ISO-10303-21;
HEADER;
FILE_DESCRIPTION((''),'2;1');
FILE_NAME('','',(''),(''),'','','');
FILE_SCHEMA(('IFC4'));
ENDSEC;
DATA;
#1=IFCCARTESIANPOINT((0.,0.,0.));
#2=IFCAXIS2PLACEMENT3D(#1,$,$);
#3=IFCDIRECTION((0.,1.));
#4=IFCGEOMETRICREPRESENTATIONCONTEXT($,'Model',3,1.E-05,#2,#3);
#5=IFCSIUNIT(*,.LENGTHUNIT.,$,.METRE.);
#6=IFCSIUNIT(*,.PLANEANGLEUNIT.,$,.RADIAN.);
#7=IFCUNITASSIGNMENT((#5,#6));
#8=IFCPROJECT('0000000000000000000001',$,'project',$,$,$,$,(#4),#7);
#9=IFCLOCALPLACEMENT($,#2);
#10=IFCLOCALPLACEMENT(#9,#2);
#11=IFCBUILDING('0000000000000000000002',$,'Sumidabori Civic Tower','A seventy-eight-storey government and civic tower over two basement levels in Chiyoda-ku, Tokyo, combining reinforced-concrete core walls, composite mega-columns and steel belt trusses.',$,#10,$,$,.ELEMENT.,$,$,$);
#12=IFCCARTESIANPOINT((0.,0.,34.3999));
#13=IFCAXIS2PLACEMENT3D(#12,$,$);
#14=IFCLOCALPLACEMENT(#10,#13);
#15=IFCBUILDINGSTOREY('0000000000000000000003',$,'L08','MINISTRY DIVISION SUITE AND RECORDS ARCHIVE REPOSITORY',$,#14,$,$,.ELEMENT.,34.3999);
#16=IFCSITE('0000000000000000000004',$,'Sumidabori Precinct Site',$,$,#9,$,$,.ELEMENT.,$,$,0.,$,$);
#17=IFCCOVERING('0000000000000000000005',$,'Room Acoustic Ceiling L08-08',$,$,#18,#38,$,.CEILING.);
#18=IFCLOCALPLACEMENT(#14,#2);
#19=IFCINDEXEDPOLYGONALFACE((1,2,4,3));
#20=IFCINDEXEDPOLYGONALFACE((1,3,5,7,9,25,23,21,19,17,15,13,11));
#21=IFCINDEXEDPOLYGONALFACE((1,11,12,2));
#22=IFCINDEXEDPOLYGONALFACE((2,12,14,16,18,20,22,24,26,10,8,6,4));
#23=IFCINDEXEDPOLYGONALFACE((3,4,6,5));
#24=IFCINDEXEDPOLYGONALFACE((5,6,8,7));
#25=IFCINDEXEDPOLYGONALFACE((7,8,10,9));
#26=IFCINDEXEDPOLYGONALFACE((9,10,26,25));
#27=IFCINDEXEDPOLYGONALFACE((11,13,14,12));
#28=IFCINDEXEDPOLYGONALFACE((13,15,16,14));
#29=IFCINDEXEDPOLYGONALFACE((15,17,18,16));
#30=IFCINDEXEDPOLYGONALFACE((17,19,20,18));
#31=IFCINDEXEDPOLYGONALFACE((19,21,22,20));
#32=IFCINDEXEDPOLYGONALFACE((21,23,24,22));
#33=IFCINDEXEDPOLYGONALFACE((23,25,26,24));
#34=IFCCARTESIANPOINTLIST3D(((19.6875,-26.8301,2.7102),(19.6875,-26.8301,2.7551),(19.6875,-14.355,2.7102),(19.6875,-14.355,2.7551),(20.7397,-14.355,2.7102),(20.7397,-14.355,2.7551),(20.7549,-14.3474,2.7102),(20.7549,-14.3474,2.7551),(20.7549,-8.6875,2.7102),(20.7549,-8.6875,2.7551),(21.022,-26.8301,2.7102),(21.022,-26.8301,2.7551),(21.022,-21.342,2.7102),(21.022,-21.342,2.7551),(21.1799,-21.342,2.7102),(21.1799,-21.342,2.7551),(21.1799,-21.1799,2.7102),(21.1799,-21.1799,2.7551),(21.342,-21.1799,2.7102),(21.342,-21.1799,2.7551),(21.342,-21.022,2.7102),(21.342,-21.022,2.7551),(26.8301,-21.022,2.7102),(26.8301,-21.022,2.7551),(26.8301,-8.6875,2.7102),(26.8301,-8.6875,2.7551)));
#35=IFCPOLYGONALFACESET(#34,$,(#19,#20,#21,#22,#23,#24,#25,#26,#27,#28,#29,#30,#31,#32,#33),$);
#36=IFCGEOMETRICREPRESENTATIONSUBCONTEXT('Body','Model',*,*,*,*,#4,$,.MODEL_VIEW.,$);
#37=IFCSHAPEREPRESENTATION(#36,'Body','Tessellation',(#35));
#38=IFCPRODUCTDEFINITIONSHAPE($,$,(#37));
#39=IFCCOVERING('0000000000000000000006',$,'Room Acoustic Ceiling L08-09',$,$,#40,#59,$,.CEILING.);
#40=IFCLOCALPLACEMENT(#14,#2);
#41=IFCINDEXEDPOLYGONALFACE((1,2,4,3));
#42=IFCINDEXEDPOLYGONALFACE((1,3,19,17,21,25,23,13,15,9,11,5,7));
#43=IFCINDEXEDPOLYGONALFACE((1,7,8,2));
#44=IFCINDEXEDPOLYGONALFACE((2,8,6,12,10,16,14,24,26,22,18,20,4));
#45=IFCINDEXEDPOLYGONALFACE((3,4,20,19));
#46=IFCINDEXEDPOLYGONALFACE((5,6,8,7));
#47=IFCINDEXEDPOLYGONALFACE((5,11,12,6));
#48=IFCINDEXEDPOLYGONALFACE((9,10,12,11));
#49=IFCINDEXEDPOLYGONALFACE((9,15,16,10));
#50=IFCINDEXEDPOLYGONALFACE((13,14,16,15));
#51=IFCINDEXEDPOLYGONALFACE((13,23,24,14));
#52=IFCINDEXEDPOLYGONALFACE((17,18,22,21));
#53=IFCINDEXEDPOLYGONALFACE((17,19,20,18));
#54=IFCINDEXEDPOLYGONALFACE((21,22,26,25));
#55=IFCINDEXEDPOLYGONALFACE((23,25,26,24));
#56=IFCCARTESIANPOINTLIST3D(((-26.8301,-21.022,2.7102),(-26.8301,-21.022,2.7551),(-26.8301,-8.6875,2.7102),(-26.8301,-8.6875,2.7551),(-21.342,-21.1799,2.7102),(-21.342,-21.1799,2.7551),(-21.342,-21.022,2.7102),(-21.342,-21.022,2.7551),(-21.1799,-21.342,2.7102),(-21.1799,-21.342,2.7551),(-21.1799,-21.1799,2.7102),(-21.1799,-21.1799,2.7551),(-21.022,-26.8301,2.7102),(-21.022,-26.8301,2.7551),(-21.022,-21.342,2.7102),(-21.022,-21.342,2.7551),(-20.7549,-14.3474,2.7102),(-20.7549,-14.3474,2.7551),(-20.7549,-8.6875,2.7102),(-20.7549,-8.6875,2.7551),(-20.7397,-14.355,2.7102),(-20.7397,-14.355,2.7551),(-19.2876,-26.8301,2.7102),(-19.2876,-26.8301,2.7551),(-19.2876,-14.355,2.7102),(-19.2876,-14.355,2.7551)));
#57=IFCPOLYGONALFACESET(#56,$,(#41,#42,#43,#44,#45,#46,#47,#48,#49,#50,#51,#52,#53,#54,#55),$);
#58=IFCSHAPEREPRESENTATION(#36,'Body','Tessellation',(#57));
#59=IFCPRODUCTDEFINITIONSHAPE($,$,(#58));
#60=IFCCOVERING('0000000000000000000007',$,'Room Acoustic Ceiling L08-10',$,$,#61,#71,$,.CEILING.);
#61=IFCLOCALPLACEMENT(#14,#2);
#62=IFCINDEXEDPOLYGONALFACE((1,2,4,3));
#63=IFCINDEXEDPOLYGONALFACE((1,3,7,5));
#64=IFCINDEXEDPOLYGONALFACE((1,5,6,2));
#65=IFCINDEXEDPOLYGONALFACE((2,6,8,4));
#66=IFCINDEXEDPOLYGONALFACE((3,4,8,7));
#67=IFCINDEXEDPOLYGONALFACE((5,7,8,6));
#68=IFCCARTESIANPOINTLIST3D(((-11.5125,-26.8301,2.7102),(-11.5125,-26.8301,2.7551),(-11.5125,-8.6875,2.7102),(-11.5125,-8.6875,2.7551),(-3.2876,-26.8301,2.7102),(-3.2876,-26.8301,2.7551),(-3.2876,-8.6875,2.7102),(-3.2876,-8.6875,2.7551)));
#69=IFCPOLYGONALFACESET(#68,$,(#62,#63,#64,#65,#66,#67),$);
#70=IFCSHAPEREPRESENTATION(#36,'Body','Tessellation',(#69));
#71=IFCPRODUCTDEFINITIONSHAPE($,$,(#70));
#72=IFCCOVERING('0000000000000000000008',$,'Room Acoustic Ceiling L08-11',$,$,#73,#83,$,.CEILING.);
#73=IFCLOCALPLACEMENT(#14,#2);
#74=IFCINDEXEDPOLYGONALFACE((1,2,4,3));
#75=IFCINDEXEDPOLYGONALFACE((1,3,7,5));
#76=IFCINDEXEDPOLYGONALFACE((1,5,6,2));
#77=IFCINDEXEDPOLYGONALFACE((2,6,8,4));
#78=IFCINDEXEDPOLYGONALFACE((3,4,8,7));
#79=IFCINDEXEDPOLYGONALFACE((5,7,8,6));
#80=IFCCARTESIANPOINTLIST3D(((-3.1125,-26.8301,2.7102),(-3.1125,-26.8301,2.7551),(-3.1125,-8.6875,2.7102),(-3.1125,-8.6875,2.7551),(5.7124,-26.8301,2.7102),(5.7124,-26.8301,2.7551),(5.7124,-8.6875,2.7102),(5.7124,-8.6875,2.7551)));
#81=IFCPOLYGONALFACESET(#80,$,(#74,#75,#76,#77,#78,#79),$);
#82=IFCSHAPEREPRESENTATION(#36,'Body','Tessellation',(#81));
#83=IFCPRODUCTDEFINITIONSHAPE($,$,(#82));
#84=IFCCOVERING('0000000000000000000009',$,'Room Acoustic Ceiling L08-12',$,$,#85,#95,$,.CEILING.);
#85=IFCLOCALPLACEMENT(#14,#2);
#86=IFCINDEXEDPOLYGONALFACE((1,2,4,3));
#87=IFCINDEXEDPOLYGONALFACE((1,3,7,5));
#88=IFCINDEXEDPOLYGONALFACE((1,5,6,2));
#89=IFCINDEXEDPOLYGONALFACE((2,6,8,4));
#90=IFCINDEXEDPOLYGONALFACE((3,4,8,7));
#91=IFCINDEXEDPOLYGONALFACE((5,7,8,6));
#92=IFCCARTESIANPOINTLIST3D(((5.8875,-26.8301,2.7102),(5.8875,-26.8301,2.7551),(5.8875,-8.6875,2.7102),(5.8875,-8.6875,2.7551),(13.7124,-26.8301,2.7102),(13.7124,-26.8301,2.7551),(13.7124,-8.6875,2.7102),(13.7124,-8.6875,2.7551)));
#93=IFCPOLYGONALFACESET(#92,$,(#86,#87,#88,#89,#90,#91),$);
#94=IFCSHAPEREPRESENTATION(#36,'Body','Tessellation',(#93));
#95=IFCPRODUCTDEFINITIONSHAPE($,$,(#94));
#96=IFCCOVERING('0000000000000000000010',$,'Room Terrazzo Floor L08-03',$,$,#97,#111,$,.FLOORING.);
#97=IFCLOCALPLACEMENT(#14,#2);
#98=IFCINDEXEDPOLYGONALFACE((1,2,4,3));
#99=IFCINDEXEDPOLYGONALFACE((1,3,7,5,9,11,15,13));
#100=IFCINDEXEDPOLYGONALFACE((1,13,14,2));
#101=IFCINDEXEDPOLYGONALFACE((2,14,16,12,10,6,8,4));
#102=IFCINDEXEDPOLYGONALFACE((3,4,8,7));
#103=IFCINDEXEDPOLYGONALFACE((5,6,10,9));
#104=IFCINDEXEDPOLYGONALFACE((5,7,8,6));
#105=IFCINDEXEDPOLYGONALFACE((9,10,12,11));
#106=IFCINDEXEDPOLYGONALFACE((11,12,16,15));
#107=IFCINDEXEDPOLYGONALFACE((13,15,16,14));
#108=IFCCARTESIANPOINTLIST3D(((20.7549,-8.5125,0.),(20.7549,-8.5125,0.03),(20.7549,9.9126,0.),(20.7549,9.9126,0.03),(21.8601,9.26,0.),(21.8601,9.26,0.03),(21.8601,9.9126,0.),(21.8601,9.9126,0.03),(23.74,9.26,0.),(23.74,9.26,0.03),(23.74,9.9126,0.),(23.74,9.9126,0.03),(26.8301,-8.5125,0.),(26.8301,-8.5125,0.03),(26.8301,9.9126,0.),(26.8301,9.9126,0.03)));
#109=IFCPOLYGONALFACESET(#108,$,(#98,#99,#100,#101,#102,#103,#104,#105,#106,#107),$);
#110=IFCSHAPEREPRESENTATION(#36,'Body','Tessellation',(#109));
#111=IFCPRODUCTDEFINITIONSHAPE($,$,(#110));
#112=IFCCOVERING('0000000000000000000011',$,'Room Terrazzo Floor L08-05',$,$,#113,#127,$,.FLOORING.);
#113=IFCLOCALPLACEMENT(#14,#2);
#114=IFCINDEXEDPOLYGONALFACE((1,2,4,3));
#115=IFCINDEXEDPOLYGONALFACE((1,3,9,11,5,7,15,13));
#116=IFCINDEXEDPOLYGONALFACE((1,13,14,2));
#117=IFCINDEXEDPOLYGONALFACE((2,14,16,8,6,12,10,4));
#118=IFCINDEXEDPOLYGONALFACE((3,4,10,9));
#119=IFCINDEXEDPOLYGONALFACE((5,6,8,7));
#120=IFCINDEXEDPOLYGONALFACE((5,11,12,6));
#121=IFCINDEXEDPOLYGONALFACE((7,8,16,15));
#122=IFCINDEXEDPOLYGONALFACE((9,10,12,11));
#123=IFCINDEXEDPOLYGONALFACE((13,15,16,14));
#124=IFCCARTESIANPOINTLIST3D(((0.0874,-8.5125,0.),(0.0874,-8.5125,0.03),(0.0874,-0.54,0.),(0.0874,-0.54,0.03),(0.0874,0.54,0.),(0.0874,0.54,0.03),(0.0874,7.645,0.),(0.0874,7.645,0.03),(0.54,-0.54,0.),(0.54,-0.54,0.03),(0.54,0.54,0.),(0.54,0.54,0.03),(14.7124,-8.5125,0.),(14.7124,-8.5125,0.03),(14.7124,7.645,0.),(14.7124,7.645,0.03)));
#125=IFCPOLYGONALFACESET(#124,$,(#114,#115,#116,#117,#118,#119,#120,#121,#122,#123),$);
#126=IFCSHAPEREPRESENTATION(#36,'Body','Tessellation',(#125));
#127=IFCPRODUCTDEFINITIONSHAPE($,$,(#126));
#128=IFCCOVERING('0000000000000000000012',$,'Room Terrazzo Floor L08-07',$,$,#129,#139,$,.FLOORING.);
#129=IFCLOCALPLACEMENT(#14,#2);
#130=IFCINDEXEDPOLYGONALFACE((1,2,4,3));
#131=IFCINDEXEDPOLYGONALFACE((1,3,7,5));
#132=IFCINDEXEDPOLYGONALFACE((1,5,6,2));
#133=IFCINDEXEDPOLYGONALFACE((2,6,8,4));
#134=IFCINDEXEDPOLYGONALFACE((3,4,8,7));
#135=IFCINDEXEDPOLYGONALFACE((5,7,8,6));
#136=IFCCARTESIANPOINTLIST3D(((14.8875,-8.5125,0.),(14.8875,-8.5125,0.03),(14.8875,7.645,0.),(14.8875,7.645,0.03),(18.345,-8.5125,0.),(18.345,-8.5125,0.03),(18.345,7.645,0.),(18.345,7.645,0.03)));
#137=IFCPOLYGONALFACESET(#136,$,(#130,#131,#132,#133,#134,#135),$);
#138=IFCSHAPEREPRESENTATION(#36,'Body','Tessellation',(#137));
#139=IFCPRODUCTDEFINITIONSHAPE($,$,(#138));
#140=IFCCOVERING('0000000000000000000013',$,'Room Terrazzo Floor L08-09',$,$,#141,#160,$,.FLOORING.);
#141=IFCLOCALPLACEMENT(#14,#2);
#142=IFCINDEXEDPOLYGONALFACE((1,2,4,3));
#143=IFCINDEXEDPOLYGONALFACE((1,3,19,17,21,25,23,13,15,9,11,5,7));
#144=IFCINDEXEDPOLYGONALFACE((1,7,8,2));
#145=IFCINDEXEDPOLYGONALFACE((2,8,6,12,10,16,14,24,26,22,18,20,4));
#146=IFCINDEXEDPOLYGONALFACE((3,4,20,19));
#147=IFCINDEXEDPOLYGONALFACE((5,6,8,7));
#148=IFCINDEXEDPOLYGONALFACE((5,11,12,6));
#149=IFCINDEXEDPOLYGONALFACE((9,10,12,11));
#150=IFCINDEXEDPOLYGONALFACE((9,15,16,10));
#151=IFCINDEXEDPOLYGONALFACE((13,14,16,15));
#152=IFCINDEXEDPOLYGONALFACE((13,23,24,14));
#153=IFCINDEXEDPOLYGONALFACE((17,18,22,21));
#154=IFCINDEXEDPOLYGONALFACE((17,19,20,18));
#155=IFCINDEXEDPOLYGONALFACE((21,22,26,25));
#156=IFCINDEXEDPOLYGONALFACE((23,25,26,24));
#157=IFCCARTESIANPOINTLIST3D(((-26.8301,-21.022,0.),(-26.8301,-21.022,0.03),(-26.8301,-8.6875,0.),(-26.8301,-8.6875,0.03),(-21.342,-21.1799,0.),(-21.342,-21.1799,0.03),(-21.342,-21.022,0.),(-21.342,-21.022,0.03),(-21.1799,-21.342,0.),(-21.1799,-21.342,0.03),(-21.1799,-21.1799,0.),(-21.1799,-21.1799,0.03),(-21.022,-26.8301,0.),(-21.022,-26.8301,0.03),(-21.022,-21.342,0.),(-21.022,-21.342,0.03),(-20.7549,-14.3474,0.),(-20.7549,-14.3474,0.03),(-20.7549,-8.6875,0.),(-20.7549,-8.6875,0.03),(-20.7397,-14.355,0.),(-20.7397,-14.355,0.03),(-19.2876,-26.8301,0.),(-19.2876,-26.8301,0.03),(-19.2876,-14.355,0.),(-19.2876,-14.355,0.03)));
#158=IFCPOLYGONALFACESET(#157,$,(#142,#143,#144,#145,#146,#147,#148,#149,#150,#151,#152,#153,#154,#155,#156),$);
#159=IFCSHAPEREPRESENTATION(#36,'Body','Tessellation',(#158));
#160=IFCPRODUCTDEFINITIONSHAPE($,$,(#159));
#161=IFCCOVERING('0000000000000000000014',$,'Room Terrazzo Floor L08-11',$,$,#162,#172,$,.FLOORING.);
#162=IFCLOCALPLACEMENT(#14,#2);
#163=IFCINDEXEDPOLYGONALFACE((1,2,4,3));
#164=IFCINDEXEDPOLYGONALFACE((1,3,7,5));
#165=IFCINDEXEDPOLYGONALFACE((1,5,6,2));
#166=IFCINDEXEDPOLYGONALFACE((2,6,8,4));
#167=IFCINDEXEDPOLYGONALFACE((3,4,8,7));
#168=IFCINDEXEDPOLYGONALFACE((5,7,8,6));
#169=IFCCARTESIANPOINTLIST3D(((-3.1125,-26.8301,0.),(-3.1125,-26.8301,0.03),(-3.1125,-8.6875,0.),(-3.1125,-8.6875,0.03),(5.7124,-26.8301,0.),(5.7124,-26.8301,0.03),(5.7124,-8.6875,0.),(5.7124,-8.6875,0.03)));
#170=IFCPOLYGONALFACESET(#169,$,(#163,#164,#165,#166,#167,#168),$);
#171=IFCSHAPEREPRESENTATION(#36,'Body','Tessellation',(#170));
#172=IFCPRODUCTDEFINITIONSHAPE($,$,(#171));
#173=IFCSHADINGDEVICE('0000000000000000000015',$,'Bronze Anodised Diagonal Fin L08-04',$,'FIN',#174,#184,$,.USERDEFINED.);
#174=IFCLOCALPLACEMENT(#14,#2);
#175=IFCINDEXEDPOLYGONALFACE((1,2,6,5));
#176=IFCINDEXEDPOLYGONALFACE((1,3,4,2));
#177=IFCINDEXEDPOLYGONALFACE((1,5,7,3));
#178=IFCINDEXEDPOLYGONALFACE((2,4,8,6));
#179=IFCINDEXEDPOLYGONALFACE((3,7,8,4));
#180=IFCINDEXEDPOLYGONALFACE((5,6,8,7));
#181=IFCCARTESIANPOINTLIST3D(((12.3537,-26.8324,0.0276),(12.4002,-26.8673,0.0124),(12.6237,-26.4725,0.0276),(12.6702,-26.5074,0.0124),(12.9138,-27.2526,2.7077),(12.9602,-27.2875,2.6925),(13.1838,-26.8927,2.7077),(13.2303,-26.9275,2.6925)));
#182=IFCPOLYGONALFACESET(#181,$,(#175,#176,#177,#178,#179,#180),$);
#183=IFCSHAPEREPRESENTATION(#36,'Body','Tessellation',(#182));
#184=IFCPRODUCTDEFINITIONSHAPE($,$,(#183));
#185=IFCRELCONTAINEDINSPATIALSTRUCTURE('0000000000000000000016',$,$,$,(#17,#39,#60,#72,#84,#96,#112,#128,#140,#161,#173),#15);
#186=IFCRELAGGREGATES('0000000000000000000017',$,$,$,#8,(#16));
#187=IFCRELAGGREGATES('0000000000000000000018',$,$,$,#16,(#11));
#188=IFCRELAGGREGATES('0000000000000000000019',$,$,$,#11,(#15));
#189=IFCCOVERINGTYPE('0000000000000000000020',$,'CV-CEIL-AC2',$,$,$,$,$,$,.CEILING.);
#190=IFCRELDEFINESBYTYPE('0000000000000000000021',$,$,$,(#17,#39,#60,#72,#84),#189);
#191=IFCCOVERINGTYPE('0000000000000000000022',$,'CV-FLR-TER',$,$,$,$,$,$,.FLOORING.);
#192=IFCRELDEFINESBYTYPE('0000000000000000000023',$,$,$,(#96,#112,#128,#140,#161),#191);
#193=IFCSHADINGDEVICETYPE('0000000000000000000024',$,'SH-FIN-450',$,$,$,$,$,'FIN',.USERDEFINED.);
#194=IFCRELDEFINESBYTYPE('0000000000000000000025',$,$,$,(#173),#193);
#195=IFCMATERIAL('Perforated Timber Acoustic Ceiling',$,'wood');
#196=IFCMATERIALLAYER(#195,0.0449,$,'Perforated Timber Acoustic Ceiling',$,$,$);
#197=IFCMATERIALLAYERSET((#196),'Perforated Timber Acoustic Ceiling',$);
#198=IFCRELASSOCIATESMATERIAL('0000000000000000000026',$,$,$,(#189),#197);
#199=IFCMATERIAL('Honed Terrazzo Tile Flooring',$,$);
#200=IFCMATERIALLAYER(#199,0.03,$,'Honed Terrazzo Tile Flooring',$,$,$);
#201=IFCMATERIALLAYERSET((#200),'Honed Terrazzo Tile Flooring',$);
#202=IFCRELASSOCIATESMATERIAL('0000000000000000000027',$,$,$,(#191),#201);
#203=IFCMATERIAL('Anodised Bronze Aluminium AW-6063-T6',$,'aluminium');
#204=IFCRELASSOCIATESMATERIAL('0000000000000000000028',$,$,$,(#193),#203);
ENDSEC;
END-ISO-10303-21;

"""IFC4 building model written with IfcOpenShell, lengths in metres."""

from ifc_helpers import new_model, si_unit, direction, frame, origin, origin_2d, place, context, subcontext, project, spatial, polyline, rectangle, outline, extrude, source, transform, mapped, material, layer, layer_set, material_profile, profile_set, type_object, element, save


model = new_model("IFC4")

# Units and contexts
model_context = context("Model", 3, precision=1e-05, world=origin(), true_north=direction((0.0, 1.0)))
body_context = subcontext(model_context, "Body", "Model", "MODEL_VIEW")
ifc_project = project(units=[si_unit("LENGTHUNIT", "METRE"), si_unit("PLANEANGLEUNIT", "RADIAN")], contexts=[model_context])

# Site, building, storey
site_placement = place(None, origin())
site = spatial("IfcSite", under=ifc_project, at=site_placement, Name="Sumidabori Precinct Site", CompositionType="ELEMENT", RefElevation=0.0)
building_placement = place(site_placement, origin())
building = spatial("IfcBuilding", under=site, at=building_placement, Name="Sumidabori Civic Tower", Description="A seventy-eight-storey government and civic tower over two basement levels in Chiyoda-ku, Tokyo, combining reinforced-concrete core walls, composite mega-columns and steel belt trusses.", CompositionType="ELEMENT")
storey_placement = place(building_placement, frame((0.0, 0.0, 34.3999)))
storey = spatial("IfcBuildingStorey", under=building, at=storey_placement, Name="L08", Description="MINISTRY DIVISION SUITE AND RECORDS ARCHIVE REPOSITORY", CompositionType="ELEMENT", Elevation=34.3999)

# Shared definitions
ifc_material_1 = material(Name="Anodised Bronze Aluminium AW-6063-T6", Category="aluminium")

# Coverings
ifc_material_2 = material(Name="Perforated Timber Acoustic Ceiling", Category="wood")
ifc_layer_1 = layer(ifc_material_2, 0.0449, Name="Perforated Timber Acoustic Ceiling")
ifc_layer_set_1 = layer_set([ifc_layer_1], Name="Perforated Timber Acoustic Ceiling")
covering_type_1 = type_object("IfcCoveringType", Name="CV-CEIL-AC2", PredefinedType="CEILING", material=ifc_layer_set_1)
covering_1_placement = place(storey_placement, frame((0.0, 0.0, 2.7102)))
element("IfcCovering", 1, at=covering_1_placement, inside=storey, type_object=covering_type_1, Name="Room Acoustic Ceiling L08-08", PredefinedType="CEILING", context=body_context, shape_type="SweptSolid", body=[
    extrude(outline(polyline([(20.7397, -14.355), (20.7549, -14.3474), (20.7549, -8.6875), (26.8301, -8.6875), (26.8301, -21.022), (21.342, -21.022), (21.342, -21.1799), (21.1799, -21.1799), (21.1799, -21.342), (21.022, -21.342), (21.022, -26.8301), (19.6875, -26.8301), (19.6875, -14.355), (20.7397, -14.355)])), origin(), (0.0, 0.0, 1.0), 0.0449),
])
covering_2_placement = place(storey_placement, frame((0.0, 0.0, 2.7102)))
element("IfcCovering", 2, at=covering_2_placement, inside=storey, type_object=covering_type_1, Name="Room Acoustic Ceiling L08-09", PredefinedType="CEILING", context=body_context, shape_type="SweptSolid", body=[
    extrude(outline(polyline([(-26.8301, -21.022), (-26.8301, -8.6875), (-20.7549, -8.6875), (-20.7549, -14.3474), (-20.7397, -14.355), (-19.2876, -14.355), (-19.2876, -26.8301), (-21.022, -26.8301), (-21.022, -21.342), (-21.1799, -21.342), (-21.1799, -21.1799), (-21.342, -21.1799), (-21.342, -21.022), (-26.8301, -21.022)])), origin(), (0.0, 0.0, 1.0), 0.0449),
])
covering_3_placement = place(storey_placement, frame((0.0, 0.0, 2.7102)))
element("IfcCovering", 3, at=covering_3_placement, inside=storey, type_object=covering_type_1, Name="Room Acoustic Ceiling L08-10", PredefinedType="CEILING", context=body_context, shape_type="SweptSolid", body=[
    extrude(outline(polyline([(-3.2876, -26.8301), (-11.5125, -26.8301), (-11.5125, -8.6875), (-3.2876, -8.6875), (-3.2876, -26.8301)])), origin(), (0.0, 0.0, 1.0), 0.0449),
])
covering_4_placement = place(storey_placement, frame((0.0, 0.0, 2.7102)))
element("IfcCovering", 4, at=covering_4_placement, inside=storey, type_object=covering_type_1, Name="Room Acoustic Ceiling L08-11", PredefinedType="CEILING", context=body_context, shape_type="SweptSolid", body=[
    extrude(outline(polyline([(5.7124, -26.8301), (-3.1125, -26.8301), (-3.1125, -8.6875), (5.7124, -8.6875), (5.7124, -26.8301)])), origin(), (0.0, 0.0, 1.0), 0.0449),
])
covering_5_placement = place(storey_placement, frame((0.0, 0.0, 2.7102)))
element("IfcCovering", 5, at=covering_5_placement, inside=storey, type_object=covering_type_1, Name="Room Acoustic Ceiling L08-12", PredefinedType="CEILING", context=body_context, shape_type="SweptSolid", body=[
    extrude(outline(polyline([(13.7124, -26.8301), (5.8875, -26.8301), (5.8875, -8.6875), (13.7124, -8.6875), (13.7124, -26.8301)])), origin(), (0.0, 0.0, 1.0), 0.0449),
])
ifc_material_3 = material(Name="Honed Terrazzo Tile Flooring")
ifc_layer_2 = layer(ifc_material_3, 0.03, Name="Honed Terrazzo Tile Flooring")
ifc_layer_set_2 = layer_set([ifc_layer_2], Name="Honed Terrazzo Tile Flooring")
covering_type_2 = type_object("IfcCoveringType", Name="CV-FLR-TER", PredefinedType="FLOORING", material=ifc_layer_set_2)
covering_6_placement = place(storey_placement, origin())
element("IfcCovering", 6, at=covering_6_placement, inside=storey, type_object=covering_type_2, Name="Room Terrazzo Floor L08-03", PredefinedType="FLOORING", context=body_context, shape_type="SweptSolid", body=[
    extrude(outline(polyline([(20.7549, 9.9126), (21.8601, 9.9126), (21.8601, 9.26), (23.74, 9.26), (23.74, 9.9126), (26.8301, 9.9126), (26.8301, -8.5125), (20.7549, -8.5125), (20.7549, 9.9126)])), origin(), (0.0, 0.0, 1.0), 0.03),
])
covering_7_placement = place(storey_placement, origin())
element("IfcCovering", 7, at=covering_7_placement, inside=storey, type_object=covering_type_2, Name="Room Terrazzo Floor L08-05", PredefinedType="FLOORING", context=body_context, shape_type="SweptSolid", body=[
    extrude(outline(polyline([(0.0874, -0.54), (0.54, -0.54), (0.54, 0.54), (0.0874, 0.54), (0.0874, 7.645), (14.7124, 7.645), (14.7124, -8.5125), (0.0874, -8.5125), (0.0874, -0.54)])), origin(), (0.0, 0.0, 1.0), 0.03),
])
covering_8_placement = place(storey_placement, origin())
element("IfcCovering", 8, at=covering_8_placement, inside=storey, type_object=covering_type_2, Name="Room Terrazzo Floor L08-07", PredefinedType="FLOORING", context=body_context, shape_type="SweptSolid", body=[
    extrude(outline(polyline([(14.8875, 7.645), (18.345, 7.645), (18.345, -8.5125), (14.8875, -8.5125), (14.8875, 7.645)])), origin(), (0.0, 0.0, 1.0), 0.03),
])
covering_9_placement = place(storey_placement, origin())
element("IfcCovering", 9, at=covering_9_placement, inside=storey, type_object=covering_type_2, Name="Room Terrazzo Floor L08-09", PredefinedType="FLOORING", context=body_context, shape_type="SweptSolid", body=[
    extrude(outline(polyline([(-26.8301, -21.022), (-26.8301, -8.6875), (-20.7549, -8.6875), (-20.7549, -14.3474), (-20.7397, -14.355), (-19.2876, -14.355), (-19.2876, -26.8301), (-21.022, -26.8301), (-21.022, -21.342), (-21.1799, -21.342), (-21.1799, -21.1799), (-21.342, -21.1799), (-21.342, -21.022), (-26.8301, -21.022)])), origin(), (0.0, 0.0, 1.0), 0.03),
])
covering_10_placement = place(storey_placement, origin())
element("IfcCovering", 10, at=covering_10_placement, inside=storey, type_object=covering_type_2, Name="Room Terrazzo Floor L08-11", PredefinedType="FLOORING", context=body_context, shape_type="SweptSolid", body=[
    extrude(outline(polyline([(5.7124, -26.8301), (-3.1125, -26.8301), (-3.1125, -8.6875), (5.7124, -8.6875), (5.7124, -26.8301)])), origin(), (0.0, 0.0, 1.0), 0.03),
])

# Shading device
ifc_material_profile_1 = material_profile(ifc_material_1, rectangle(XDim=0.0601, YDim=0.45, at=origin_2d()), Name="BRONZE FIN 450x60")
ifc_profile_set_1 = profile_set([ifc_material_profile_1], Name="Anodised Bronze Aluminium AW-6063-T6")
shading_device_type = type_object("IfcShadingDeviceType", Name="SH-FIN-450", ElementType="FIN", PredefinedType="USERDEFINED", material=ifc_profile_set_1)
shared_shape_1 = source(origin(), body_context, "Body", "SweptSolid", [
    extrude(rectangle(XDim=0.0601, YDim=0.45, at=origin_2d()), origin(), (0.0, 0.0, 1.0), 2.77),
])
shading_device_placement = place(storey_placement, frame((12.512, -26.6699, 0.02), z_axis=(0.202179, -0.151678, 0.967532), x_axis=(0.773944, -0.580627, -0.25275)))
element("IfcShadingDevice", 11, at=shading_device_placement, inside=storey, type_object=shading_device_type, Name="Bronze Anodised Diagonal Fin L08-04", ObjectType="FIN", PredefinedType="USERDEFINED", context=body_context, shape_type="MappedRepresentation", body=[
    mapped(shared_shape_1, transform((0.0, 0.0, 0.0), x_axis=(1.0, 0.0, 0.0), y_axis=(0.0, 1.0, 0.0), z_axis=(0.0, 0.0, 1.0), scale=1.0)),
])

save(model, "model.ifc")
